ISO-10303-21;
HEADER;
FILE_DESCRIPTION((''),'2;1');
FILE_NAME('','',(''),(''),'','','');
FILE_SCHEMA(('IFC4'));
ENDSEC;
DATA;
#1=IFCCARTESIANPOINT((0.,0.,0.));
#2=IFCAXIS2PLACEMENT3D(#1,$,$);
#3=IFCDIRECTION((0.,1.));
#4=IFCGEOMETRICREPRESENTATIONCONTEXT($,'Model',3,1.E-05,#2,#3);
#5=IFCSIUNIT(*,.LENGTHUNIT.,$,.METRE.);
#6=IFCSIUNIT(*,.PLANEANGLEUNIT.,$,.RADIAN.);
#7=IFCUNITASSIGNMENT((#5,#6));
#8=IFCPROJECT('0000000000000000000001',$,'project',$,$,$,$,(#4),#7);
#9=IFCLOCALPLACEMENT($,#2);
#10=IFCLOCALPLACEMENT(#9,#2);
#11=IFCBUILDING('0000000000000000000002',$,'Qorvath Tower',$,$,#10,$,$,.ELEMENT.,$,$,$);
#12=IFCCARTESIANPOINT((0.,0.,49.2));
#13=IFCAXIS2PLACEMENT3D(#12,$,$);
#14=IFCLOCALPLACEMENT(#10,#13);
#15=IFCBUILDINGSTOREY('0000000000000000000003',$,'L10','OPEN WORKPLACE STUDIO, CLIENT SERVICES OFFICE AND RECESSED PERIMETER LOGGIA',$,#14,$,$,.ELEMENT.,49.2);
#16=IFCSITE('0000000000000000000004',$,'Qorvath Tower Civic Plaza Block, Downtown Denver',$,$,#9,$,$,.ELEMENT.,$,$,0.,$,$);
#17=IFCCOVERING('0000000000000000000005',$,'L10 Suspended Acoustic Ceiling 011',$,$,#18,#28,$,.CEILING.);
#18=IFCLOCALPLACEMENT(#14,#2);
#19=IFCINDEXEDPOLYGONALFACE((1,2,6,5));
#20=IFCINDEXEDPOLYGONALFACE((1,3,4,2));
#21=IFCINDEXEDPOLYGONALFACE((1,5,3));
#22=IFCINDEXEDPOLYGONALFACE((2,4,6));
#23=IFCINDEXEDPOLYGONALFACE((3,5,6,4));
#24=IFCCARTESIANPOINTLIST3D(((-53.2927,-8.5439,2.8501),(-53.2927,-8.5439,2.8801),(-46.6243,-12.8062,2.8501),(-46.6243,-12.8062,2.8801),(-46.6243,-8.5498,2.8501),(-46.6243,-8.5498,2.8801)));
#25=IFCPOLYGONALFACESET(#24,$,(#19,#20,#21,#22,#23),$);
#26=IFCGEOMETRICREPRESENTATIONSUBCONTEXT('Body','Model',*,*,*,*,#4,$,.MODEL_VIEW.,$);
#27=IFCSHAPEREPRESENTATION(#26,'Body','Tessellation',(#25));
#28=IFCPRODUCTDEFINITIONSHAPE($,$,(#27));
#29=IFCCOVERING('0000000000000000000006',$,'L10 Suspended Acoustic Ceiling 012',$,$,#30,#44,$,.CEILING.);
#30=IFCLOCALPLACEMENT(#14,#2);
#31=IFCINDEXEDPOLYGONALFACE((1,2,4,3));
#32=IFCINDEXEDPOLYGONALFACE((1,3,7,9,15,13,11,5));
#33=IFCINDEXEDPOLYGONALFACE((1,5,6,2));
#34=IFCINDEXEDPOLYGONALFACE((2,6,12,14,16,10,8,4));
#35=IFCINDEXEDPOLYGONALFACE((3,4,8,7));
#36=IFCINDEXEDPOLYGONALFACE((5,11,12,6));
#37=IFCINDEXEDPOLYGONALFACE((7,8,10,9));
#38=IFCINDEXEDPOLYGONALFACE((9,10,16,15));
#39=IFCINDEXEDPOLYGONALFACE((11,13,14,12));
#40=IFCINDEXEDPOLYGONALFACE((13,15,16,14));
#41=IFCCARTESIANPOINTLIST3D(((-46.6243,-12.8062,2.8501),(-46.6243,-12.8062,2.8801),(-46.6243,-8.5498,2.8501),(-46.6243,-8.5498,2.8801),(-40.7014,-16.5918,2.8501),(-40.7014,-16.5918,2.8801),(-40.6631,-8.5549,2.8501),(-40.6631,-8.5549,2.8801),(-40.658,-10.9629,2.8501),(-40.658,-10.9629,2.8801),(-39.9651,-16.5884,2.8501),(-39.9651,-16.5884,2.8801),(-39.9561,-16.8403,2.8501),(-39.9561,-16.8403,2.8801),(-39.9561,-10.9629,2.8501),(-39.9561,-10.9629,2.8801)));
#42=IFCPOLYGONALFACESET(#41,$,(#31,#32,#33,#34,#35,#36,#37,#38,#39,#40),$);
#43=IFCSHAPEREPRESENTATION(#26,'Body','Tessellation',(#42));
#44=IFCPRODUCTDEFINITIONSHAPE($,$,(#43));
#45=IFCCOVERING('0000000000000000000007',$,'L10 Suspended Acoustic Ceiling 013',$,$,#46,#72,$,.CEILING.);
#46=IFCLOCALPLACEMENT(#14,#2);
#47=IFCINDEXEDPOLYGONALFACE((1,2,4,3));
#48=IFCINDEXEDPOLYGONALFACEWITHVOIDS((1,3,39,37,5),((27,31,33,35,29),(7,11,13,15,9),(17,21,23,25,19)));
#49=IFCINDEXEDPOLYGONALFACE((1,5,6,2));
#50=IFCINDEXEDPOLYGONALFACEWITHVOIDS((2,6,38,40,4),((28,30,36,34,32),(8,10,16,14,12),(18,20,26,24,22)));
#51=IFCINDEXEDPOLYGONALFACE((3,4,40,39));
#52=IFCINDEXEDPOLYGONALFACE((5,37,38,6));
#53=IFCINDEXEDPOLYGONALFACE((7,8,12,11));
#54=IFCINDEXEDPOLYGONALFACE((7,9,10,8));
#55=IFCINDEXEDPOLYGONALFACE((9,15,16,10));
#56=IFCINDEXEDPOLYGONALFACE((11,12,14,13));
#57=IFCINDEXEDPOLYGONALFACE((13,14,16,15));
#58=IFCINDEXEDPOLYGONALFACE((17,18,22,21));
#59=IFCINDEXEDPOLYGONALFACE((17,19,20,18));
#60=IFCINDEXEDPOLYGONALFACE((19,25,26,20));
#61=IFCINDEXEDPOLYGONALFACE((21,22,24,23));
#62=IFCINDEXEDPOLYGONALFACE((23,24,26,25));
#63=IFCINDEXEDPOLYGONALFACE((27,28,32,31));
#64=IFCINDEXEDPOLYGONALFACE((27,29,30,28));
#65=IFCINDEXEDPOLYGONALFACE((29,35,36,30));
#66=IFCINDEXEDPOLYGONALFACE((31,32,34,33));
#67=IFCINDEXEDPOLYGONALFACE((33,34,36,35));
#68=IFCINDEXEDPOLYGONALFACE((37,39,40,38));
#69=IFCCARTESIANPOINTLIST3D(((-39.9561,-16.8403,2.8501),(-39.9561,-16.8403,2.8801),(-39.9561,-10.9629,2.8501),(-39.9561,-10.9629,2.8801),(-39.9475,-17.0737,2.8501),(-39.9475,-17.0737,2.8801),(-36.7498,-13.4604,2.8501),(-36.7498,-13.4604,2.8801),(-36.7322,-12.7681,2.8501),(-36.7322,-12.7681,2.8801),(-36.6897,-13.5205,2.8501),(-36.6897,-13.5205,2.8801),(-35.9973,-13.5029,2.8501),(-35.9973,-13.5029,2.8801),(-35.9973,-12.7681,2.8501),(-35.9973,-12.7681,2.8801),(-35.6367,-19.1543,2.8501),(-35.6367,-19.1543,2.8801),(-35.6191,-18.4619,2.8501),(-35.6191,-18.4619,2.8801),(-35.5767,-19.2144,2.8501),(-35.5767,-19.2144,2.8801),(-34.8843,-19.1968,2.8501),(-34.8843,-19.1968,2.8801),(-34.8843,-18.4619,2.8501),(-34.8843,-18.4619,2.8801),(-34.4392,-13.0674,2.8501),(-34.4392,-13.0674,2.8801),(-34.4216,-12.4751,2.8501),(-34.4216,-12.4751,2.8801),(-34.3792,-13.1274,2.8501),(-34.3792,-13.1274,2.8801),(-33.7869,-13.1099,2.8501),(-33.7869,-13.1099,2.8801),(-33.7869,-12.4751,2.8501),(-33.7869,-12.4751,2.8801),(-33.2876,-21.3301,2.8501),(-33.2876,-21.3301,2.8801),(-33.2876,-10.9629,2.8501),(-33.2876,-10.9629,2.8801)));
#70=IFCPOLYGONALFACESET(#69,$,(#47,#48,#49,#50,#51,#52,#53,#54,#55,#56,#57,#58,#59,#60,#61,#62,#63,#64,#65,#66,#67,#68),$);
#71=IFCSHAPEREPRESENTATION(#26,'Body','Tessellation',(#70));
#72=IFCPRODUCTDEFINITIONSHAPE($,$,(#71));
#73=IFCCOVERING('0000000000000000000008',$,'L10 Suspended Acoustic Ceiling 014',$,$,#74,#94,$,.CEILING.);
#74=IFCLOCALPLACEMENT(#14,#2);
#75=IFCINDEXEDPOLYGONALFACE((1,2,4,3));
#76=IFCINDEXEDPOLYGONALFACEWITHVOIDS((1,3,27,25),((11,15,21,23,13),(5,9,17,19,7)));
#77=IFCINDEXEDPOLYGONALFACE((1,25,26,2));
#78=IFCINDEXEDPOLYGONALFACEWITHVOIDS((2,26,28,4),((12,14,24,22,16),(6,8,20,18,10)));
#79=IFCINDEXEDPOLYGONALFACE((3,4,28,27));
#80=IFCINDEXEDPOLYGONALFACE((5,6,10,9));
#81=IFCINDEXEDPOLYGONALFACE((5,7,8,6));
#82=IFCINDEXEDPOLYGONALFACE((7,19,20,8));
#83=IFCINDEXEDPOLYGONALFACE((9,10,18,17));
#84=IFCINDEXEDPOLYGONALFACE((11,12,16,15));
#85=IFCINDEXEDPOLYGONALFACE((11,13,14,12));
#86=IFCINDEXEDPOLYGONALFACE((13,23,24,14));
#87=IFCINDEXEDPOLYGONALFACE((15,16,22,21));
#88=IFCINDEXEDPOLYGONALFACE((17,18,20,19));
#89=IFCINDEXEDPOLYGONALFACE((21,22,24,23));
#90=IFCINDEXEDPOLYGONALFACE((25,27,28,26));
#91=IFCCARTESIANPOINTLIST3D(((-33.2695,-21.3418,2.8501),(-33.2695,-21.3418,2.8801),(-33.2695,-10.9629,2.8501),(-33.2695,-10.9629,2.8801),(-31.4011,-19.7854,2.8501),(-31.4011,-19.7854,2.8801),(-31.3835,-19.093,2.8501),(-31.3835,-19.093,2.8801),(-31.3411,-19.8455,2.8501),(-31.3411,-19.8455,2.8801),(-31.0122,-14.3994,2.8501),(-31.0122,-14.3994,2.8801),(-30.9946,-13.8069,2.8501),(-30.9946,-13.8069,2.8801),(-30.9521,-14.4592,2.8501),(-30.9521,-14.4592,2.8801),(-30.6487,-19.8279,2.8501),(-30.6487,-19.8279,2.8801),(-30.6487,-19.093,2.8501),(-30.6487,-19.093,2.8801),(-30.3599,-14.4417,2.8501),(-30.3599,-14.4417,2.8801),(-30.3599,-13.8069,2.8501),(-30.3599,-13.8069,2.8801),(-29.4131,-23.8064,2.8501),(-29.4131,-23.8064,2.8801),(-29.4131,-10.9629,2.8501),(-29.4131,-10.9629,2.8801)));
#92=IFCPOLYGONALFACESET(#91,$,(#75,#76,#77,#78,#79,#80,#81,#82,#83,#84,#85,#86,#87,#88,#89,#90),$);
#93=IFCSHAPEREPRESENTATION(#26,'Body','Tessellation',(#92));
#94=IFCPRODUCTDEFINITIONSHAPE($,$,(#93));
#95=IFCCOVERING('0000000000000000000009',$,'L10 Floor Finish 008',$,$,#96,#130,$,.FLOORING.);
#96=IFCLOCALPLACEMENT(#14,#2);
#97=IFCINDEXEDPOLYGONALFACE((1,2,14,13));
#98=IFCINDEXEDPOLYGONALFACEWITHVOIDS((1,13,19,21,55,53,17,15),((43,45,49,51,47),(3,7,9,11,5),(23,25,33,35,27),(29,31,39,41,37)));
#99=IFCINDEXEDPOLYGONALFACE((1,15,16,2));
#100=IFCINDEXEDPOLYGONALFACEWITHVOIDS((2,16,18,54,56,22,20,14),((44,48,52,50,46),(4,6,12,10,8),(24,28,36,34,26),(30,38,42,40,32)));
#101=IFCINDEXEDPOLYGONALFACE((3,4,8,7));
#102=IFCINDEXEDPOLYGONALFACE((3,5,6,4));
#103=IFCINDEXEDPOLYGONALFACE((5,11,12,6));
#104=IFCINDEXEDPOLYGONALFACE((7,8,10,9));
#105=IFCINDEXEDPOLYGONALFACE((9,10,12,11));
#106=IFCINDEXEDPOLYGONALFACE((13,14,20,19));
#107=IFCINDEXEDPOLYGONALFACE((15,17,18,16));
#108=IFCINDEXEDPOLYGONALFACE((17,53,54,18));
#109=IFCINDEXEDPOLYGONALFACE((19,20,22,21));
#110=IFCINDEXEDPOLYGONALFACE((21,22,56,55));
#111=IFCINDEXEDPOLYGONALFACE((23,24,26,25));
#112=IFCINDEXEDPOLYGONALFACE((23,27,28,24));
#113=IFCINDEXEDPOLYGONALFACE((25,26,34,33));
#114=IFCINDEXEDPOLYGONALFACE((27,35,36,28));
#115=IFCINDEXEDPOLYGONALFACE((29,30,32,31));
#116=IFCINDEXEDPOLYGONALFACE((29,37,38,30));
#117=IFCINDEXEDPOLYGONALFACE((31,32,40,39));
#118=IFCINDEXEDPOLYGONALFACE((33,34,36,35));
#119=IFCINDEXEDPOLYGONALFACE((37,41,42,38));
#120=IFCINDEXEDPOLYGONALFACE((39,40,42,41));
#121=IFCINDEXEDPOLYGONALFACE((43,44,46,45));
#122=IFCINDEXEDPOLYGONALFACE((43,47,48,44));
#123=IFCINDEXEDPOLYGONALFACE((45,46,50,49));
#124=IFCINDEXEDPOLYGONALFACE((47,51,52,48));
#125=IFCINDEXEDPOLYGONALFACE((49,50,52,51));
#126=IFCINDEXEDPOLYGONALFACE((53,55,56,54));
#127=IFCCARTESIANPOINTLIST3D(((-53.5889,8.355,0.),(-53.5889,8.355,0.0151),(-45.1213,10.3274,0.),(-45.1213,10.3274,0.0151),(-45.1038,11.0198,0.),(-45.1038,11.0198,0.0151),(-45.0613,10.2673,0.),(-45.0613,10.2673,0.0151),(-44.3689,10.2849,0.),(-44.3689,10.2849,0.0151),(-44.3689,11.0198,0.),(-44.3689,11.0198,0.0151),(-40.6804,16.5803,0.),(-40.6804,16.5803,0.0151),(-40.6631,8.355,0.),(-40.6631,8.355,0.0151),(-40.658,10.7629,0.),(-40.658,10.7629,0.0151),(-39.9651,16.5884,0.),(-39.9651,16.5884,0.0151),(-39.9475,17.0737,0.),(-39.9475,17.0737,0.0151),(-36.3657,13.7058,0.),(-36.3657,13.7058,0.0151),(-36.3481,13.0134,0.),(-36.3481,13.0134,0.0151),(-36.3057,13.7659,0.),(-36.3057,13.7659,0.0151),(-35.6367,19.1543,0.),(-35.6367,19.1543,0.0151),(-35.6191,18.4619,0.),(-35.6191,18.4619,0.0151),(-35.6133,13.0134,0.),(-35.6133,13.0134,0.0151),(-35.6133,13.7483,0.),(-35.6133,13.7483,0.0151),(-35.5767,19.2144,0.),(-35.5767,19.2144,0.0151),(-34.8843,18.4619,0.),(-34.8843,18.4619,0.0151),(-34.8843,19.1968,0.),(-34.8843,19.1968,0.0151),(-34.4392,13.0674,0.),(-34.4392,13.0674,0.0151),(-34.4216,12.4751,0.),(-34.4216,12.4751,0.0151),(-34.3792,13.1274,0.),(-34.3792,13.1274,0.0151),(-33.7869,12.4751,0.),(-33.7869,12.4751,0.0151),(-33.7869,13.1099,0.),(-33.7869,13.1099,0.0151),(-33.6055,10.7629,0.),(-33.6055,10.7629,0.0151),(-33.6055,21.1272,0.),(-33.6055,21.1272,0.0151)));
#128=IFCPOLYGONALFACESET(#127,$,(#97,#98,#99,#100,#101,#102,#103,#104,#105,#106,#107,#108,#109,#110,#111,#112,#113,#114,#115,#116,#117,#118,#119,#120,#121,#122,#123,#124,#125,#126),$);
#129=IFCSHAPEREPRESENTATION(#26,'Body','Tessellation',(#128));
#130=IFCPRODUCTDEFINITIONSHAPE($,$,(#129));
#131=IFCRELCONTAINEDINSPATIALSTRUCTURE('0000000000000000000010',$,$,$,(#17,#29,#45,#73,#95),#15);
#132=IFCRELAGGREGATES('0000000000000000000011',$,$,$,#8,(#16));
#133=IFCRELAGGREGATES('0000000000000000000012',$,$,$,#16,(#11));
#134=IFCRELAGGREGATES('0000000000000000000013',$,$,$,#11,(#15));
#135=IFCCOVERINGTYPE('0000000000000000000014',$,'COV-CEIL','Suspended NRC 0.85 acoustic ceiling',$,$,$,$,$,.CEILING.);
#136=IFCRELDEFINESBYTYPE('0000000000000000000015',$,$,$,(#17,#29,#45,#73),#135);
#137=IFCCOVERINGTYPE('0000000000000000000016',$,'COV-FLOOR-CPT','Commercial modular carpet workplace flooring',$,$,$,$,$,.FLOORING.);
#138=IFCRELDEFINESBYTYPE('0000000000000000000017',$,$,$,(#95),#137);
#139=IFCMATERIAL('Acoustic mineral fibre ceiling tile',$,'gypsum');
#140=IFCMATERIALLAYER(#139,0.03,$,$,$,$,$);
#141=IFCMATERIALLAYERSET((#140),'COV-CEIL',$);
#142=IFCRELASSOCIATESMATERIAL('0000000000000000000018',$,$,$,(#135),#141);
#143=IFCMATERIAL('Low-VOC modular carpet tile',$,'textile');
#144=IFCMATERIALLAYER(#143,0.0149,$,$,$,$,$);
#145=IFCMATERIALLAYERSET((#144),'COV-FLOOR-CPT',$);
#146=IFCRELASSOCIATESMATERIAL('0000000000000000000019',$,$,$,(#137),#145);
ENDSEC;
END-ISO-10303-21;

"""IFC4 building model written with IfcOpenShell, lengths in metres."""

from ifc_helpers import new_model, si_unit, direction, frame, origin, place, context, subcontext, project, spatial, polyline, outline, extrude, material, layer, layer_set, type_object, element, save


model = new_model("IFC4")

# Units and contexts
model_context = context("Model", 3, precision=1e-05, world=origin(), true_north=direction((0.0, 1.0)))
body_context = subcontext(model_context, "Body", "Model", "MODEL_VIEW")
ifc_project = project(units=[si_unit("LENGTHUNIT", "METRE"), si_unit("PLANEANGLEUNIT", "RADIAN")], contexts=[model_context])

# Site, building, storey
site_placement = place(None, origin())
site = spatial("IfcSite", under=ifc_project, at=site_placement, Name="Qorvath Tower Civic Plaza Block, Downtown Denver", CompositionType="ELEMENT", RefElevation=0.0)
building_placement = place(site_placement, origin())
building = spatial("IfcBuilding", under=site, at=building_placement, Name="Qorvath Tower", CompositionType="ELEMENT")
storey_placement = place(building_placement, frame((0.0, 0.0, 49.2)))
storey = spatial("IfcBuildingStorey", under=building, at=storey_placement, Name="L10", Description="OPEN WORKPLACE STUDIO, CLIENT SERVICES OFFICE AND RECESSED PERIMETER LOGGIA", CompositionType="ELEMENT", Elevation=49.2)

# Coverings
ifc_material_1 = material(Name="Acoustic mineral fibre ceiling tile", Category="gypsum")
ifc_layer_1 = layer(ifc_material_1, 0.03)
ifc_layer_set_1 = layer_set([ifc_layer_1], Name="COV-CEIL")
covering_type_1 = type_object("IfcCoveringType", Name="COV-CEIL", Description="Suspended NRC 0.85 acoustic ceiling", PredefinedType="CEILING", material=ifc_layer_set_1)
covering_1_placement = place(storey_placement, frame((0.0, 0.0, 2.8501)))
element("IfcCovering", 1, at=covering_1_placement, inside=storey, type_object=covering_type_1, Name="L10 Suspended Acoustic Ceiling 011", PredefinedType="CEILING", context=body_context, shape_type="SweptSolid", body=[
    extrude(outline(polyline([(-46.6243, -12.8062), (-46.6243, -8.5498), (-53.2927, -8.5439), (-46.6243, -12.8062)])), origin(), (0.0, 0.0, 1.0), 0.03),
])
covering_2_placement = place(storey_placement, frame((0.0, 0.0, 2.8501)))
element("IfcCovering", 2, at=covering_2_placement, inside=storey, type_object=covering_type_1, Name="L10 Suspended Acoustic Ceiling 012", PredefinedType="CEILING", context=body_context, shape_type="SweptSolid", body=[
    extrude(outline(polyline([(-40.6631, -8.5549), (-46.6243, -8.5498), (-46.6243, -12.8062), (-40.7014, -16.5918), (-39.9651, -16.5884), (-39.9561, -16.8403), (-39.9561, -10.9629), (-40.658, -10.9629), (-40.6631, -8.5549)])), origin(), (0.0, 0.0, 1.0), 0.03),
])
covering_3_placement = place(storey_placement, frame((0.0, 0.0, 2.8501)))
element("IfcCovering", 3, at=covering_3_placement, inside=storey, type_object=covering_type_1, Name="L10 Suspended Acoustic Ceiling 013", PredefinedType="CEILING", context=body_context, shape_type="SweptSolid", body=[
    extrude(outline(polyline([(-39.9561, -10.9629), (-39.9561, -16.8403), (-39.9475, -17.0737), (-33.2876, -21.3301), (-33.2876, -10.9629), (-39.9561, -10.9629)]), holes=[polyline([(-34.4392, -13.0674), (-34.4216, -12.4751), (-33.7869, -12.4751), (-33.7869, -13.1099), (-34.3792, -13.1274), (-34.4392, -13.0674)]), polyline([(-35.6367, -19.1543), (-35.6191, -18.4619), (-34.8843, -18.4619), (-34.8843, -19.1968), (-35.5767, -19.2144), (-35.6367, -19.1543)]), polyline([(-36.7498, -13.4604), (-36.7322, -12.7681), (-35.9973, -12.7681), (-35.9973, -13.5029), (-36.6897, -13.5205), (-36.7498, -13.4604)])]), origin(), (0.0, 0.0, 1.0), 0.03),
])
covering_4_placement = place(storey_placement, frame((0.0, 0.0, 2.8501)))
element("IfcCovering", 4, at=covering_4_placement, inside=storey, type_object=covering_type_1, Name="L10 Suspended Acoustic Ceiling 014", PredefinedType="CEILING", context=body_context, shape_type="SweptSolid", body=[
    extrude(outline(polyline([(-29.4131, -23.8064), (-29.4131, -10.9629), (-33.2695, -10.9629), (-33.2695, -21.3418), (-29.4131, -23.8064)]), holes=[polyline([(-31.0122, -14.3994), (-30.9946, -13.8069), (-30.3599, -13.8069), (-30.3599, -14.4417), (-30.9521, -14.4592), (-31.0122, -14.3994)]), polyline([(-31.4011, -19.7854), (-31.3835, -19.093), (-30.6487, -19.093), (-30.6487, -19.8279), (-31.3411, -19.8455), (-31.4011, -19.7854)])]), origin(), (0.0, 0.0, 1.0), 0.03),
])
ifc_material_2 = material(Name="Low-VOC modular carpet tile", Category="textile")
ifc_layer_2 = layer(ifc_material_2, 0.0149)
ifc_layer_set_2 = layer_set([ifc_layer_2], Name="COV-FLOOR-CPT")
covering_type_2 = type_object("IfcCoveringType", Name="COV-FLOOR-CPT", Description="Commercial modular carpet workplace flooring", PredefinedType="FLOORING", material=ifc_layer_set_2)
covering_5_placement = place(storey_placement, origin())
element("IfcCovering", 5, at=covering_5_placement, inside=storey, type_object=covering_type_2, Name="L10 Floor Finish 008", PredefinedType="FLOORING", context=body_context, shape_type="SweptSolid", body=[
    extrude(outline(polyline([(-33.6055, 10.7629), (-33.6055, 21.1272), (-39.9475, 17.0737), (-39.9651, 16.5884), (-40.6804, 16.5803), (-53.5889, 8.355), (-40.6631, 8.355), (-40.658, 10.7629), (-33.6055, 10.7629)]), holes=[polyline([(-34.4392, 13.0674), (-34.3792, 13.1274), (-33.7869, 13.1099), (-33.7869, 12.4751), (-34.4216, 12.4751), (-34.4392, 13.0674)]), polyline([(-35.6367, 19.1543), (-35.5767, 19.2144), (-34.8843, 19.1968), (-34.8843, 18.4619), (-35.6191, 18.4619), (-35.6367, 19.1543)]), polyline([(-36.3657, 13.7058), (-36.3057, 13.7659), (-35.6133, 13.7483), (-35.6133, 13.0134), (-36.3481, 13.0134), (-36.3657, 13.7058)]), polyline([(-45.1213, 10.3274), (-45.1038, 11.0198), (-44.3689, 11.0198), (-44.3689, 10.2849), (-45.0613, 10.2673), (-45.1213, 10.3274)])]), origin(), (0.0, 0.0, 1.0), 0.0151),
])

save(model, "model.ifc")
